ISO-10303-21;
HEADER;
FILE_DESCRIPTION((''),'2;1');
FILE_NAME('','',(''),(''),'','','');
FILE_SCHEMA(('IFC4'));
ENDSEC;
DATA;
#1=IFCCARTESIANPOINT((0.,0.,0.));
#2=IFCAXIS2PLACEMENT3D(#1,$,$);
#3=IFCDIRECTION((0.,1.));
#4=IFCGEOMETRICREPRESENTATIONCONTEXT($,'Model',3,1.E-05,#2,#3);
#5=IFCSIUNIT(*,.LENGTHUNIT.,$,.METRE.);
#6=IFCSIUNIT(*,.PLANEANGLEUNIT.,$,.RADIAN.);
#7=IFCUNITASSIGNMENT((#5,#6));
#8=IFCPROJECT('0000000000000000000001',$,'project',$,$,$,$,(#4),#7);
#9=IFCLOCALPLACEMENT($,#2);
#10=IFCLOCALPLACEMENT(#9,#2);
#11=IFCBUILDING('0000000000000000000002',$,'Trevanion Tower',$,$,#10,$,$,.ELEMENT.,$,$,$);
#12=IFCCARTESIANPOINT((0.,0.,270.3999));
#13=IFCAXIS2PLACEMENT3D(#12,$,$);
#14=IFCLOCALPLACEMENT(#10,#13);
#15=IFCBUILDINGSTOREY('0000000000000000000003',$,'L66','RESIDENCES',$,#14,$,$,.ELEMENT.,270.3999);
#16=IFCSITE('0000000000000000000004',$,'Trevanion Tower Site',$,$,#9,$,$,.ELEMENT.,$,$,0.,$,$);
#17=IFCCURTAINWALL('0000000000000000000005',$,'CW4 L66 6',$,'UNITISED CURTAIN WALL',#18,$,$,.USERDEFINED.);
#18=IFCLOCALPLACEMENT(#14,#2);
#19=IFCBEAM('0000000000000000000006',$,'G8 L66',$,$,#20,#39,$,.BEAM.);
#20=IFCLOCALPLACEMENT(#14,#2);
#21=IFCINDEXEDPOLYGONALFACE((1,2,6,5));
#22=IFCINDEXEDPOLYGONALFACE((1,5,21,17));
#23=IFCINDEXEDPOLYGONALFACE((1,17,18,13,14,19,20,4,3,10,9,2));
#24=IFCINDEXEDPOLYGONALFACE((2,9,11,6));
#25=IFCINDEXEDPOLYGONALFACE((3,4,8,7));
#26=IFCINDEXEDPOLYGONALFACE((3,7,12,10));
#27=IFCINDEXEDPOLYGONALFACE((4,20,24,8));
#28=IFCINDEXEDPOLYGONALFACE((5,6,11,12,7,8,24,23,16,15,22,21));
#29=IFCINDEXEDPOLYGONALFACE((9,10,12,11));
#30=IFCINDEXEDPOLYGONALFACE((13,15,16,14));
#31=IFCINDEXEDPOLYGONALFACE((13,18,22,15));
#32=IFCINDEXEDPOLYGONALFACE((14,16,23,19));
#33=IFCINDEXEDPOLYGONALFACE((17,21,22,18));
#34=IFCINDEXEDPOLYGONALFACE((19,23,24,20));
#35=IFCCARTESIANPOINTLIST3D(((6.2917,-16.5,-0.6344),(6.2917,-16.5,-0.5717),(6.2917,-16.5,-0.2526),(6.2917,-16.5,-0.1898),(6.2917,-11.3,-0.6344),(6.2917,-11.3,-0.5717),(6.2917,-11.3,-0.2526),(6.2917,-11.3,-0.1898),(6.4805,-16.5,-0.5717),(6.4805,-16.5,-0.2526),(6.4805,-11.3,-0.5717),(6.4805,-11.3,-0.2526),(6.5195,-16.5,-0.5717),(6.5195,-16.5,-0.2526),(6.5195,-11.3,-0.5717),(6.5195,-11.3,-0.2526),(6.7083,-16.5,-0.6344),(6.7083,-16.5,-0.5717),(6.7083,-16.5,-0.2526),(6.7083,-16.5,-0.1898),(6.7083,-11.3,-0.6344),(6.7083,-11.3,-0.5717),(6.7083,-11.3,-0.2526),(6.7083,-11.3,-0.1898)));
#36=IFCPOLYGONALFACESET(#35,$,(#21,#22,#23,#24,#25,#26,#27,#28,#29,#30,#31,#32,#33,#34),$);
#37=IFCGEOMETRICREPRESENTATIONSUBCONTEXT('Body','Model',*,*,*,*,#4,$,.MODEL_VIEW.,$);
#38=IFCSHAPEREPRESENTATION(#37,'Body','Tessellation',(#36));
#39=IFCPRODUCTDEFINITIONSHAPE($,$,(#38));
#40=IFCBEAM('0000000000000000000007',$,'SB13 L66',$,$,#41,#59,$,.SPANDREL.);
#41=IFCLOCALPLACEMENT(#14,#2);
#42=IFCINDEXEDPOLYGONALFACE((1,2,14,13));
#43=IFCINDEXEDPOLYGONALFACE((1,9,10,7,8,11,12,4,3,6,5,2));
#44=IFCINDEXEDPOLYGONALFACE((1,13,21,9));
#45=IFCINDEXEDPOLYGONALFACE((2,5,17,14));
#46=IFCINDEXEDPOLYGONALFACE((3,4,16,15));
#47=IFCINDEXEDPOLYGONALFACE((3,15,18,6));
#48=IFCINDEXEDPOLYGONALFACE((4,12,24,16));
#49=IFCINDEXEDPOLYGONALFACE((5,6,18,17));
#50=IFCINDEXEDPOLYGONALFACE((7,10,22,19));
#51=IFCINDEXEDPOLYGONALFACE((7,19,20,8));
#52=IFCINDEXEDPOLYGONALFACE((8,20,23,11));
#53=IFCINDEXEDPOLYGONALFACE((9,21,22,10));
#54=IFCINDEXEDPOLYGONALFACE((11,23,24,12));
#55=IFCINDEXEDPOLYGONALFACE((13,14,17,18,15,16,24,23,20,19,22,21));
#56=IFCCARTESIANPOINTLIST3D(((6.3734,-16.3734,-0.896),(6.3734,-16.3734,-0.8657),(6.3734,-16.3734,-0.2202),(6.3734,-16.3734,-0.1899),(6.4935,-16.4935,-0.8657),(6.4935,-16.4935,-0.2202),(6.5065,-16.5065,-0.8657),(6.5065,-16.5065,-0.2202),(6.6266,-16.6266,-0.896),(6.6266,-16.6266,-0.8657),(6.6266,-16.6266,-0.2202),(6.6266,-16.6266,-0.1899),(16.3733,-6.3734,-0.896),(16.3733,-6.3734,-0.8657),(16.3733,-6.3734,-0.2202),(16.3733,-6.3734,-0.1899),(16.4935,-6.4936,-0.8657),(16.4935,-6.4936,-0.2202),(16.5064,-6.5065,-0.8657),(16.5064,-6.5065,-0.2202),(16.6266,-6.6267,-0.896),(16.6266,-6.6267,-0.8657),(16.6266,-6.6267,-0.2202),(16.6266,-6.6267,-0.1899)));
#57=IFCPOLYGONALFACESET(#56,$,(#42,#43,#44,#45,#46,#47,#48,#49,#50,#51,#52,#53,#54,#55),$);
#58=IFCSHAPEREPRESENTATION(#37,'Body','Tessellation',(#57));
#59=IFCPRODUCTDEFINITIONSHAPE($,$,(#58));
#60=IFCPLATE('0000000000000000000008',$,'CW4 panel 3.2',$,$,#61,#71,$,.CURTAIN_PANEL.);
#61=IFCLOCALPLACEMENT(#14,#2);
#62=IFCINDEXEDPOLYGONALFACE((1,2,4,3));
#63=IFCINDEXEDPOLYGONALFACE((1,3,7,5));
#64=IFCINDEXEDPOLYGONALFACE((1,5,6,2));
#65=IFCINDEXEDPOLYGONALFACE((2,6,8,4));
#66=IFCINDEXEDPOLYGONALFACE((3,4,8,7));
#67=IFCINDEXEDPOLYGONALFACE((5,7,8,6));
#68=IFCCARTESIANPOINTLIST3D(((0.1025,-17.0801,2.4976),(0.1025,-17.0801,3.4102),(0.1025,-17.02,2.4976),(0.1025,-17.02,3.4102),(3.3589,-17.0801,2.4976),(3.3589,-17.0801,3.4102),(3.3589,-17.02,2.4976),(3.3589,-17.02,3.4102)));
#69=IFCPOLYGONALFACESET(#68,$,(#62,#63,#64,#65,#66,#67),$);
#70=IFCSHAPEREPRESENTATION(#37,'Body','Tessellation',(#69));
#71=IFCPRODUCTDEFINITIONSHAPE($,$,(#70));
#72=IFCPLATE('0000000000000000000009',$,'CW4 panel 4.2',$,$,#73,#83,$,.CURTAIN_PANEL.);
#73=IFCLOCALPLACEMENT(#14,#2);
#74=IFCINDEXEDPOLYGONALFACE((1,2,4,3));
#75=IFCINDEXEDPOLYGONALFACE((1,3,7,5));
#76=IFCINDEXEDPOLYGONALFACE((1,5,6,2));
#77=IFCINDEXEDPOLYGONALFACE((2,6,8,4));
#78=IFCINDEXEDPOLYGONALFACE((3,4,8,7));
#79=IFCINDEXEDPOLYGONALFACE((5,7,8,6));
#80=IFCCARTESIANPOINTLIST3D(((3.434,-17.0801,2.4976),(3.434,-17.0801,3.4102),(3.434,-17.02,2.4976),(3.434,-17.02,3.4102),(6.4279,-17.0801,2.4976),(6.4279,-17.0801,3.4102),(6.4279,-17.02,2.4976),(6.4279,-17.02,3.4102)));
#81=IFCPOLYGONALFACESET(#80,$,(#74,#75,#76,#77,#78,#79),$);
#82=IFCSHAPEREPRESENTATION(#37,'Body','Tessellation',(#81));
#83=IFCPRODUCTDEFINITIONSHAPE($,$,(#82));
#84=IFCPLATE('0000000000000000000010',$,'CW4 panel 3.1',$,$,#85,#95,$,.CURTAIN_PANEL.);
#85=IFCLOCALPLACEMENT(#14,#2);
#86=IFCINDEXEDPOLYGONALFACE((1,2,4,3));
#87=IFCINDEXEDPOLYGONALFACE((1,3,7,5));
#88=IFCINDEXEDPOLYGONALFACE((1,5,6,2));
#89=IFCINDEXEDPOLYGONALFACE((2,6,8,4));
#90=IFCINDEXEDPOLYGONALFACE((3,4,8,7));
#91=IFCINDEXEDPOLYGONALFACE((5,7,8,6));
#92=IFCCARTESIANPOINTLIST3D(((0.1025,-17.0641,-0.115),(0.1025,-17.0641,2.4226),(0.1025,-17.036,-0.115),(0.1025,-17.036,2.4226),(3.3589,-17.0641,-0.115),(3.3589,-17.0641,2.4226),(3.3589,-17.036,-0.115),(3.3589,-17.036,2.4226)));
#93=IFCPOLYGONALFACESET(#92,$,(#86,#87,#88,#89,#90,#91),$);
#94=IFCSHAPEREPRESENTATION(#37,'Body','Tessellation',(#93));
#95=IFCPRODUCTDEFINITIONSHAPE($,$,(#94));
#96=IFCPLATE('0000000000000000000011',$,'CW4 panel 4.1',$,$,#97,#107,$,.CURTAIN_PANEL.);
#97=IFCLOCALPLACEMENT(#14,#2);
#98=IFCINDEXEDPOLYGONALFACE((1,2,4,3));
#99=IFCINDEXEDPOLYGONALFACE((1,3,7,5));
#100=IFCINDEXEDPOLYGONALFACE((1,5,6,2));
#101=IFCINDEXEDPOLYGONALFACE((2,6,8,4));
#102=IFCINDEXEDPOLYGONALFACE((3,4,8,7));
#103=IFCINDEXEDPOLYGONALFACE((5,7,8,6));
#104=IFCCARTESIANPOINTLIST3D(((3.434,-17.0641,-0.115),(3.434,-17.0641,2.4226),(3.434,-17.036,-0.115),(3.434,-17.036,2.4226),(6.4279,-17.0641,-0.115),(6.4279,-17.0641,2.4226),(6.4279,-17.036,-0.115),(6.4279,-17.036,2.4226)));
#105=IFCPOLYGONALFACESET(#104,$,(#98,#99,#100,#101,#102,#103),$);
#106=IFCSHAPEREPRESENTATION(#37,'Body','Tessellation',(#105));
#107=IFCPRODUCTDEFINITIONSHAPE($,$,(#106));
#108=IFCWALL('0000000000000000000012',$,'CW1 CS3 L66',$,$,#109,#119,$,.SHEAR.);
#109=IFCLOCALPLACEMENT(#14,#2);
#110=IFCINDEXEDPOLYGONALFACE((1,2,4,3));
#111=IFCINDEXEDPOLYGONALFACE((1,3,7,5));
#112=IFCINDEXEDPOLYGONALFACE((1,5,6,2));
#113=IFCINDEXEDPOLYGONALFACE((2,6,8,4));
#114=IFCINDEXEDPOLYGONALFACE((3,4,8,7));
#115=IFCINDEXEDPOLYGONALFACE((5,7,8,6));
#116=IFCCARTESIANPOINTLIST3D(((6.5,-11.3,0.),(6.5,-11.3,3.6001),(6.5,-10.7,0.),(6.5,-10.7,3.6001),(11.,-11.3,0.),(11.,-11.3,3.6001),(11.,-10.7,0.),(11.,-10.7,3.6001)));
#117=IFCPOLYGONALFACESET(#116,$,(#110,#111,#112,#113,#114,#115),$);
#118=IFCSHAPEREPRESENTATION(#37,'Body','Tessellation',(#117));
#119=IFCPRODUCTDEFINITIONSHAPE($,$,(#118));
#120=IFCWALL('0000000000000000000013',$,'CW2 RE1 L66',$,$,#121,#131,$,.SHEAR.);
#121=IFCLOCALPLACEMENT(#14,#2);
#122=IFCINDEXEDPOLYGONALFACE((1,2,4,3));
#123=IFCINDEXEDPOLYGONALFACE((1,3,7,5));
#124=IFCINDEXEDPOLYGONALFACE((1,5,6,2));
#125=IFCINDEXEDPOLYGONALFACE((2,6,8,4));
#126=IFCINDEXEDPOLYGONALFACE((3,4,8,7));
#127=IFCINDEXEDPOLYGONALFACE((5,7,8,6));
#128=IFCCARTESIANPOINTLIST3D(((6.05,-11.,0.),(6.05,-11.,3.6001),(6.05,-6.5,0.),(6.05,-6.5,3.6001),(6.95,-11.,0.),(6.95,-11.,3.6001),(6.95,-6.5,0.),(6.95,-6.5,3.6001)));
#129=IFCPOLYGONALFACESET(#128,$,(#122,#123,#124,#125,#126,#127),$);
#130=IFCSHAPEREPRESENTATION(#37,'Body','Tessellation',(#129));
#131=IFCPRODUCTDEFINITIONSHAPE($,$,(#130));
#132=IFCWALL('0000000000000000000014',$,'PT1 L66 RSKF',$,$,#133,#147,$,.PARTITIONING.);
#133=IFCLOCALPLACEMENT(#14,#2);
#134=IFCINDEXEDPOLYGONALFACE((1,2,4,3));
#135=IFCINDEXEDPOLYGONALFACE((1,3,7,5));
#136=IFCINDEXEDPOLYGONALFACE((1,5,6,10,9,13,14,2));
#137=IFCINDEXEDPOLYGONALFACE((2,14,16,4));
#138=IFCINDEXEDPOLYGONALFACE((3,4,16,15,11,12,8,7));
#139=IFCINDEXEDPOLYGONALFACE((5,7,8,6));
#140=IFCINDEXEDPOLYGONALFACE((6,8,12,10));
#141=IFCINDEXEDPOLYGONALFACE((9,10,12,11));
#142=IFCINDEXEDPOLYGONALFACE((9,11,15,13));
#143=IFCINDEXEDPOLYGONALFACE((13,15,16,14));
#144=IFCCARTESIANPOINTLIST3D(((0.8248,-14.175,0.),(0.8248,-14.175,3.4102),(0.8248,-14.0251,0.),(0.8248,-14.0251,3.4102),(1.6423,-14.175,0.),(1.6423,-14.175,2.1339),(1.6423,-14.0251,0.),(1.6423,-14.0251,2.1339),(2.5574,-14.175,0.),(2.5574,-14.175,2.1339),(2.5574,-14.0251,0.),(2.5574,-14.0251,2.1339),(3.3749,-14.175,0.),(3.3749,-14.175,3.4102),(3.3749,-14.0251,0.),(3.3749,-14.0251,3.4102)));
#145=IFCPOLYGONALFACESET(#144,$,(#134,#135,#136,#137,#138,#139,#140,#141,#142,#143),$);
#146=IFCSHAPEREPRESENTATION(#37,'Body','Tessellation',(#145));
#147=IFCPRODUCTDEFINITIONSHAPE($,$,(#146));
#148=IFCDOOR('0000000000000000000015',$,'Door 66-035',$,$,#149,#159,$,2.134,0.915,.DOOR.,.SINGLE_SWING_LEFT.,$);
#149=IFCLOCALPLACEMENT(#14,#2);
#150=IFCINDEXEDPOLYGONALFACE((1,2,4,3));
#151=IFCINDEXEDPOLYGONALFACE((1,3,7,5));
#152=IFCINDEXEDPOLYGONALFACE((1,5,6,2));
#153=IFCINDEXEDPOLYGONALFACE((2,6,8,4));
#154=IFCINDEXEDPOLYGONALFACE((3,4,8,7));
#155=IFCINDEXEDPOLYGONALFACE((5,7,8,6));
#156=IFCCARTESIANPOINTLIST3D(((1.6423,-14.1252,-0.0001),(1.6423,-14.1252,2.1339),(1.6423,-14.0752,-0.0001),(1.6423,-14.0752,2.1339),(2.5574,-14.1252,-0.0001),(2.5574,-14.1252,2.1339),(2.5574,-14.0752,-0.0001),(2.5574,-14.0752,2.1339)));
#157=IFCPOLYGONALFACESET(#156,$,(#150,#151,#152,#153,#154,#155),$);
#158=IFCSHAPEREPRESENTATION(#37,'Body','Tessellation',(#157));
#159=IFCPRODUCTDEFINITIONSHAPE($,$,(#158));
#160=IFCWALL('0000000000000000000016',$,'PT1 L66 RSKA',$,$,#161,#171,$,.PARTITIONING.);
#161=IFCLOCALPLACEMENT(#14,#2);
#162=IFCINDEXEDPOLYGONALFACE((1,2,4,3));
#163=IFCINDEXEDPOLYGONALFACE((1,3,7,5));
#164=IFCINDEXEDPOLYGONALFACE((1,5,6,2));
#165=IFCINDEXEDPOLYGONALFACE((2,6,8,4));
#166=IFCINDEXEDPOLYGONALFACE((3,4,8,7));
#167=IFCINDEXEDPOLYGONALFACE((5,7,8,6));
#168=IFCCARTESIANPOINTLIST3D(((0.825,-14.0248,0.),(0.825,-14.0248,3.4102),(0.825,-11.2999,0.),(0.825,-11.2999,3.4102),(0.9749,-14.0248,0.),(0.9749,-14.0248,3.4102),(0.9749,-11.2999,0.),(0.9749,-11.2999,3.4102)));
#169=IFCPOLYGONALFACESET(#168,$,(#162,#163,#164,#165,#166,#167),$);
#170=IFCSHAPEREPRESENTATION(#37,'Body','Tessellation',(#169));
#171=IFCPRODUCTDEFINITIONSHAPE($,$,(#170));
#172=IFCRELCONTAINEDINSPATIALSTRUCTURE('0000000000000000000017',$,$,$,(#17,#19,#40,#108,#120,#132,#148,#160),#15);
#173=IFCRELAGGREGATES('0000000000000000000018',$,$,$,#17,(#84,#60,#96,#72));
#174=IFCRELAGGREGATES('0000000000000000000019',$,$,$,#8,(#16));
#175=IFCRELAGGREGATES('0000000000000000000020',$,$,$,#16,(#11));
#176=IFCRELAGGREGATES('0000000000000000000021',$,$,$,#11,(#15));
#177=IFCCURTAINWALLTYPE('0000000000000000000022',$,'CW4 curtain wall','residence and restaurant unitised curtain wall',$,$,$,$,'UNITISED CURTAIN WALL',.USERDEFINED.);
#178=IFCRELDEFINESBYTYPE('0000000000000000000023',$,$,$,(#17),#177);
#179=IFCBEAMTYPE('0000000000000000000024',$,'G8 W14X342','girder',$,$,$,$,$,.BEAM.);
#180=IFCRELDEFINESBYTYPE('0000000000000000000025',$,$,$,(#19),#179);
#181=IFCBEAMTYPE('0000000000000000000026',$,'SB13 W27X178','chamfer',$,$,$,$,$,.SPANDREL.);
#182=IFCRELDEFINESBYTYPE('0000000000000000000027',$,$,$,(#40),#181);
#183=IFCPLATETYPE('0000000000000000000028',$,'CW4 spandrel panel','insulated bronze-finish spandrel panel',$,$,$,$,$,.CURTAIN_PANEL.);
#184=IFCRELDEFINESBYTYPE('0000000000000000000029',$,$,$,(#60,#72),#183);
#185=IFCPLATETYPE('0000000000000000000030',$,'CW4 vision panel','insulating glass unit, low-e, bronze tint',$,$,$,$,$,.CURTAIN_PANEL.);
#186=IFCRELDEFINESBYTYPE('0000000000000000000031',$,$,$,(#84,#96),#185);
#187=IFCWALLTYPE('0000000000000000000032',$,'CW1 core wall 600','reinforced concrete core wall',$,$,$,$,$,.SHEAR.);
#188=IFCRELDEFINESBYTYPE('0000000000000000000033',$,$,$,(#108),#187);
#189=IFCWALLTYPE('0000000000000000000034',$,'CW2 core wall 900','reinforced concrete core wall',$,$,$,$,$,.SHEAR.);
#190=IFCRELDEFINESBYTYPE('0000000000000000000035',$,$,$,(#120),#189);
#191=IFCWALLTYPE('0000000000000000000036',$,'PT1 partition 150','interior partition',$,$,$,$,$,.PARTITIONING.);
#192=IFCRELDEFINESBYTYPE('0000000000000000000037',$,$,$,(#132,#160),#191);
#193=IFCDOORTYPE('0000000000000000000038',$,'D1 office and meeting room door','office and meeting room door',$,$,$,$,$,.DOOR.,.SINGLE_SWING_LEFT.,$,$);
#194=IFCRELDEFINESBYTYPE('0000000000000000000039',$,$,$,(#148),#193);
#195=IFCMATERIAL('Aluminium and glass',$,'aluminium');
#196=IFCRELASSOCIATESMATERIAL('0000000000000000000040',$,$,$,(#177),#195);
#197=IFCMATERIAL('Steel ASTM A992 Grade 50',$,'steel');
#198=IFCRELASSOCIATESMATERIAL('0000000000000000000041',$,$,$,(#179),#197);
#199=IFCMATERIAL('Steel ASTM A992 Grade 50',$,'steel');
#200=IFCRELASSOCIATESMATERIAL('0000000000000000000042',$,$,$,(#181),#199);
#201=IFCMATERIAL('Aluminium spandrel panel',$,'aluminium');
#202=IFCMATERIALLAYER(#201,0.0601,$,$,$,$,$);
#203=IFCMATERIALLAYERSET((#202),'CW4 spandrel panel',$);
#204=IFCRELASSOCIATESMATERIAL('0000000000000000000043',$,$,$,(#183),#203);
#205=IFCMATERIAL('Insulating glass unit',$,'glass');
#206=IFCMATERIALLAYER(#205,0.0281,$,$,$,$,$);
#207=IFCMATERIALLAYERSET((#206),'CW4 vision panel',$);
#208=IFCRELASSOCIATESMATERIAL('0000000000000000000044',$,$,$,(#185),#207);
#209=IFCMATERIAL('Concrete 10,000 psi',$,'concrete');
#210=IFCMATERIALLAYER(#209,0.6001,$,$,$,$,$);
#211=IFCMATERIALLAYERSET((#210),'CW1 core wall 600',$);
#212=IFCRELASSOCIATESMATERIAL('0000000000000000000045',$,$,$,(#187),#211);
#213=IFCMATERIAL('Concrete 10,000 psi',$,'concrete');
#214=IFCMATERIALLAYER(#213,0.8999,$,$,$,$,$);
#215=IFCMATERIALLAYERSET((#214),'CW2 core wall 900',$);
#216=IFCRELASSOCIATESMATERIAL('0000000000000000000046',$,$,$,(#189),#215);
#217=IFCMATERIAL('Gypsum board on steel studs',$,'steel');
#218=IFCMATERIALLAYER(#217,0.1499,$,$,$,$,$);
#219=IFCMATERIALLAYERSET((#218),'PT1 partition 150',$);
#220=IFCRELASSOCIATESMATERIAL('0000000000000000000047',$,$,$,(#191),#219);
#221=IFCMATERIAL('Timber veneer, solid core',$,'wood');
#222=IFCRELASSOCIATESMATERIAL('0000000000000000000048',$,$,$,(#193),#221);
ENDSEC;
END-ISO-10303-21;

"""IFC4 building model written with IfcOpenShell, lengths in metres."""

from ifc_helpers import new_model, si_unit, direction, frame, frame_2d, origin, origin_2d, place, context, subcontext, project, spatial, rectangle, i_section, extrude, material, layer, layer_set, material_profile, profile_set, type_object, element, fill, aggregate, save


model = new_model("IFC4")

# Units and contexts
model_context = context("Model", 3, precision=1e-05, world=origin(), true_north=direction((0.0, 1.0)))
body_context = subcontext(model_context, "Body", "Model", "MODEL_VIEW")
ifc_project = project(units=[si_unit("LENGTHUNIT", "METRE"), si_unit("PLANEANGLEUNIT", "RADIAN")], contexts=[model_context])

# Site, building, storey
site_placement = place(None, origin())
site = spatial("IfcSite", under=ifc_project, at=site_placement, Name="Trevanion Tower Site", CompositionType="ELEMENT", RefElevation=0.0)
building_placement = place(site_placement, origin())
building = spatial("IfcBuilding", under=site, at=building_placement, Name="Trevanion Tower", CompositionType="ELEMENT")
storey_placement = place(building_placement, frame((0.0, 0.0, 270.3999)))
storey = spatial("IfcBuildingStorey", under=building, at=storey_placement, Name="L66", Description="RESIDENCES", CompositionType="ELEMENT", Elevation=270.3999)

# Curtain wall
ifc_material_1 = material(Name="Aluminium and glass", Category="aluminium")
curtain_wall_type = type_object("IfcCurtainWallType", Name="CW4 curtain wall", Description="residence and restaurant unitised curtain wall", ElementType="UNITISED CURTAIN WALL", PredefinedType="USERDEFINED", material=ifc_material_1)
curtain_wall_1_placement = place(storey_placement, origin())
curtain_wall_1 = element("IfcCurtainWall", 1, at=curtain_wall_1_placement, inside=storey, type_object=curtain_wall_type, Name="CW4 L66 6", ObjectType="UNITISED CURTAIN WALL", PredefinedType="USERDEFINED")

# Beams
ifc_material_2 = material(Name="Steel ASTM A992 Grade 50", Category="steel")
ifc_material_profile_1 = material_profile(ifc_material_2, i_section(OverallWidth=0.4165, OverallDepth=0.4446, WebThickness=0.0391, FlangeThickness=0.0627, at=origin_2d()), Name="W14X342")
ifc_profile_set_1 = profile_set([ifc_material_profile_1], Name="Steel ASTM A992 Grade 50")
beam_type_1 = type_object("IfcBeamType", Name="G8 W14X342", Description="girder", PredefinedType="BEAM", material=ifc_profile_set_1)
beam_1_placement = place(storey_placement, frame((6.5, -11.3, -0.4121), z_axis=(0.0, -1.0, 0.0), x_axis=(1.0, 0.0, 0.0)))
element("IfcBeam", 2, at=beam_1_placement, inside=storey, type_object=beam_type_1, Name="G8 L66", PredefinedType="BEAM", context=body_context, shape_type="SweptSolid", body=[
    extrude(i_section(OverallWidth=0.4165, OverallDepth=0.4446, WebThickness=0.0391, FlangeThickness=0.0627, at=origin_2d()), origin(), (0.0, 0.0, 1.0), 5.2),
])
ifc_material_3 = material(Name="Steel ASTM A992 Grade 50", Category="steel")
ifc_material_profile_2 = material_profile(ifc_material_3, i_section(OverallWidth=0.3582, OverallDepth=0.7061, WebThickness=0.0183, FlangeThickness=0.0303, at=origin_2d()), Name="W27X178")
ifc_profile_set_2 = profile_set([ifc_material_profile_2], Name="Steel ASTM A992 Grade 50")
beam_type_2 = type_object("IfcBeamType", Name="SB13 W27X178", Description="chamfer", PredefinedType="SPANDREL", material=ifc_profile_set_2)
beam_2_placement = place(storey_placement, frame((6.5, -16.5, -0.543), z_axis=(0.707107, 0.707107, 0.0), x_axis=(-0.707107, 0.707107, 0.0)))
element("IfcBeam", 3, at=beam_2_placement, inside=storey, type_object=beam_type_2, Name="SB13 L66", PredefinedType="SPANDREL", context=body_context, shape_type="SweptSolid", body=[
    extrude(i_section(OverallWidth=0.3582, OverallDepth=0.7061, WebThickness=0.0183, FlangeThickness=0.0303, at=origin_2d()), origin(), (0.0, 0.0, 1.0), 14.1421),
])

# Plates
ifc_material_4 = material(Name="Aluminium spandrel panel", Category="aluminium")
ifc_layer_1 = layer(ifc_material_4, 0.0601)
ifc_layer_set_1 = layer_set([ifc_layer_1], Name="CW4 spandrel panel")
plate_type_1 = type_object("IfcPlateType", Name="CW4 spandrel panel", Description="insulated bronze-finish spandrel panel", PredefinedType="CURTAIN_PANEL", material=ifc_layer_set_1)
plate_1_placement = place(storey_placement, frame((1.7307, -17.05, 2.4976), z_axis=(0.0, 0.0, 1.0), x_axis=(1.0, 0.0, 0.0)))
plate_1 = element("IfcPlate", 4, at=plate_1_placement, type_object=plate_type_1, Name="CW4 panel 3.2", PredefinedType="CURTAIN_PANEL", context=body_context, shape_type="SweptSolid", body=[
    extrude(rectangle(XDim=3.2563, YDim=0.0601, at=origin_2d()), origin(), (0.0, 0.0, 1.0), 0.9126),
])
plate_2_placement = place(storey_placement, frame((4.9309, -17.05, 2.4976), z_axis=(0.0, 0.0, 1.0), x_axis=(1.0, 0.0, 0.0)))
plate_2 = element("IfcPlate", 5, at=plate_2_placement, type_object=plate_type_1, Name="CW4 panel 4.2", PredefinedType="CURTAIN_PANEL", context=body_context, shape_type="SweptSolid", body=[
    extrude(rectangle(XDim=2.9939, YDim=0.0601, at=origin_2d()), origin(), (0.0, 0.0, 1.0), 0.9126),
])
ifc_material_5 = material(Name="Insulating glass unit", Category="glass")
ifc_layer_2 = layer(ifc_material_5, 0.0281)
ifc_layer_set_2 = layer_set([ifc_layer_2], Name="CW4 vision panel")
plate_type_2 = type_object("IfcPlateType", Name="CW4 vision panel", Description="insulating glass unit, low-e, bronze tint", PredefinedType="CURTAIN_PANEL", material=ifc_layer_set_2)
plate_3_placement = place(storey_placement, frame((1.7307, -17.05, -0.115), z_axis=(0.0, 0.0, 1.0), x_axis=(1.0, 0.0, 0.0)))
plate_3 = element("IfcPlate", 6, at=plate_3_placement, type_object=plate_type_2, Name="CW4 panel 3.1", PredefinedType="CURTAIN_PANEL", context=body_context, shape_type="SweptSolid", body=[
    extrude(rectangle(XDim=3.2563, YDim=0.0281, at=origin_2d()), origin(), (0.0, 0.0, 1.0), 2.5376),
])
plate_4_placement = place(storey_placement, frame((4.9309, -17.05, -0.115), z_axis=(0.0, 0.0, 1.0), x_axis=(1.0, 0.0, 0.0)))
plate_4 = element("IfcPlate", 7, at=plate_4_placement, type_object=plate_type_2, Name="CW4 panel 4.1", PredefinedType="CURTAIN_PANEL", context=body_context, shape_type="SweptSolid", body=[
    extrude(rectangle(XDim=2.9939, YDim=0.0281, at=origin_2d()), origin(), (0.0, 0.0, 1.0), 2.5376),
])
aggregate(curtain_wall_1, [plate_3, plate_1, plate_4, plate_2])

# Walls
ifc_material_6 = material(Name="Concrete 10,000 psi", Category="concrete")
ifc_layer_3 = layer(ifc_material_6, 0.6001)
ifc_layer_set_3 = layer_set([ifc_layer_3], Name="CW1 core wall 600")
wall_type_1 = type_object("IfcWallType", Name="CW1 core wall 600", Description="reinforced concrete core wall", PredefinedType="SHEAR", material=ifc_layer_set_3)
wall_1_placement = place(storey_placement, frame((6.5, -11.0, 0.0), z_axis=(0.0, 0.0, 1.0), x_axis=(1.0, 0.0, 0.0)))
element("IfcWall", 8, at=wall_1_placement, inside=storey, type_object=wall_type_1, Name="CW1 CS3 L66", PredefinedType="SHEAR", context=body_context, shape_type="SweptSolid", body=[
    extrude(rectangle(XDim=4.5, YDim=0.6001, at=frame_2d((2.25, 0.0))), origin(), (0.0, 0.0, 1.0), 3.6001),
])
ifc_material_7 = material(Name="Concrete 10,000 psi", Category="concrete")
ifc_layer_4 = layer(ifc_material_7, 0.8999)
ifc_layer_set_4 = layer_set([ifc_layer_4], Name="CW2 core wall 900")
wall_type_2 = type_object("IfcWallType", Name="CW2 core wall 900", Description="reinforced concrete core wall", PredefinedType="SHEAR", material=ifc_layer_set_4)
wall_2_placement = place(storey_placement, frame((6.5, -11.0, 0.0), z_axis=(0.0, 0.0, 1.0), x_axis=(0.0, 1.0, 0.0)))
element("IfcWall", 9, at=wall_2_placement, inside=storey, type_object=wall_type_2, Name="CW2 RE1 L66", PredefinedType="SHEAR", context=body_context, shape_type="SweptSolid", body=[
    extrude(rectangle(XDim=4.5, YDim=0.8999, at=frame_2d((2.25, 0.0))), origin(), (0.0, 0.0, 1.0), 3.6001),
])

# Wall, opening, door
ifc_material_8 = material(Name="Gypsum board on steel studs", Category="steel")
ifc_layer_5 = layer(ifc_material_8, 0.1499)
ifc_layer_set_5 = layer_set([ifc_layer_5], Name="PT1 partition 150")
wall_type_3 = type_object("IfcWallType", Name="PT1 partition 150", Description="interior partition", PredefinedType="PARTITIONING", material=ifc_layer_set_5)
wall_3_placement = place(storey_placement, frame((0.825, -14.1001, 0.0), z_axis=(0.0, 0.0, 1.0), x_axis=(1.0, 0.0, 0.0)))
wall_3 = element("IfcWall", 10, at=wall_3_placement, inside=storey, type_object=wall_type_3, Name="PT1 L66 RSKF", PredefinedType="PARTITIONING", context=body_context, shape_type="SweptSolid", body=[
    extrude(rectangle(XDim=2.55, YDim=0.1499, at=frame_2d((1.2749, 0.0))), origin(), (0.0, 0.0, 1.0), 3.4102),
])
opening_placement = place(wall_3_placement, frame((0.8174, 0.0, 0.0)))
opening = element("IfcOpeningElement", 11, at=opening_placement, cuts=wall_3, PredefinedType="OPENING", context=body_context, shape_type="SweptSolid", body=[
    extrude(rectangle(XDim=0.915, YDim=2.134, at=frame_2d((0.4575, 1.0669))), frame((0.0, 0.085, 0.0), z_axis=(0.0, -1.0, 0.0), x_axis=(1.0, 0.0, 0.0)), (0.0, 0.0, 1.0), 0.1699),
])
ifc_material_9 = material(Name="Timber veneer, solid core", Category="wood")
door_type = type_object("IfcDoorType", Name="D1 office and meeting room door", Description="office and meeting room door", OperationType="SINGLE_SWING_LEFT", PredefinedType="DOOR", material=ifc_material_9)
door_placement = place(opening_placement, origin())
door = element("IfcDoor", 12, at=door_placement, inside=storey, type_object=door_type, Name="Door 66-035", OperationType="SINGLE_SWING_LEFT", OverallHeight=2.134, OverallWidth=0.915, PredefinedType="DOOR", context=body_context, shape_type="SweptSolid", body=[
    extrude(rectangle(XDim=0.915, YDim=2.134, at=frame_2d((0.4575, 1.0669))), frame((0.0, 0.0249, 0.0), z_axis=(0.0, -1.0, 0.0), x_axis=(1.0, 0.0, 0.0)), (0.0, 0.0, 1.0), 0.05),
])
fill(opening, door)

# Wall
wall_4_placement = place(storey_placement, frame((0.8999, -11.3, 0.0), z_axis=(0.0, 0.0, 1.0), x_axis=(0.0, -1.0, 0.0)))
element("IfcWall", 13, at=wall_4_placement, inside=storey, type_object=wall_type_3, Name="PT1 L66 RSKA", PredefinedType="PARTITIONING", context=body_context, shape_type="SweptSolid", body=[
    extrude(rectangle(XDim=2.7249, YDim=0.1499, at=frame_2d((1.3623, 0.0))), origin(), (0.0, 0.0, 1.0), 3.4102),
])

save(model, "model.ifc")
